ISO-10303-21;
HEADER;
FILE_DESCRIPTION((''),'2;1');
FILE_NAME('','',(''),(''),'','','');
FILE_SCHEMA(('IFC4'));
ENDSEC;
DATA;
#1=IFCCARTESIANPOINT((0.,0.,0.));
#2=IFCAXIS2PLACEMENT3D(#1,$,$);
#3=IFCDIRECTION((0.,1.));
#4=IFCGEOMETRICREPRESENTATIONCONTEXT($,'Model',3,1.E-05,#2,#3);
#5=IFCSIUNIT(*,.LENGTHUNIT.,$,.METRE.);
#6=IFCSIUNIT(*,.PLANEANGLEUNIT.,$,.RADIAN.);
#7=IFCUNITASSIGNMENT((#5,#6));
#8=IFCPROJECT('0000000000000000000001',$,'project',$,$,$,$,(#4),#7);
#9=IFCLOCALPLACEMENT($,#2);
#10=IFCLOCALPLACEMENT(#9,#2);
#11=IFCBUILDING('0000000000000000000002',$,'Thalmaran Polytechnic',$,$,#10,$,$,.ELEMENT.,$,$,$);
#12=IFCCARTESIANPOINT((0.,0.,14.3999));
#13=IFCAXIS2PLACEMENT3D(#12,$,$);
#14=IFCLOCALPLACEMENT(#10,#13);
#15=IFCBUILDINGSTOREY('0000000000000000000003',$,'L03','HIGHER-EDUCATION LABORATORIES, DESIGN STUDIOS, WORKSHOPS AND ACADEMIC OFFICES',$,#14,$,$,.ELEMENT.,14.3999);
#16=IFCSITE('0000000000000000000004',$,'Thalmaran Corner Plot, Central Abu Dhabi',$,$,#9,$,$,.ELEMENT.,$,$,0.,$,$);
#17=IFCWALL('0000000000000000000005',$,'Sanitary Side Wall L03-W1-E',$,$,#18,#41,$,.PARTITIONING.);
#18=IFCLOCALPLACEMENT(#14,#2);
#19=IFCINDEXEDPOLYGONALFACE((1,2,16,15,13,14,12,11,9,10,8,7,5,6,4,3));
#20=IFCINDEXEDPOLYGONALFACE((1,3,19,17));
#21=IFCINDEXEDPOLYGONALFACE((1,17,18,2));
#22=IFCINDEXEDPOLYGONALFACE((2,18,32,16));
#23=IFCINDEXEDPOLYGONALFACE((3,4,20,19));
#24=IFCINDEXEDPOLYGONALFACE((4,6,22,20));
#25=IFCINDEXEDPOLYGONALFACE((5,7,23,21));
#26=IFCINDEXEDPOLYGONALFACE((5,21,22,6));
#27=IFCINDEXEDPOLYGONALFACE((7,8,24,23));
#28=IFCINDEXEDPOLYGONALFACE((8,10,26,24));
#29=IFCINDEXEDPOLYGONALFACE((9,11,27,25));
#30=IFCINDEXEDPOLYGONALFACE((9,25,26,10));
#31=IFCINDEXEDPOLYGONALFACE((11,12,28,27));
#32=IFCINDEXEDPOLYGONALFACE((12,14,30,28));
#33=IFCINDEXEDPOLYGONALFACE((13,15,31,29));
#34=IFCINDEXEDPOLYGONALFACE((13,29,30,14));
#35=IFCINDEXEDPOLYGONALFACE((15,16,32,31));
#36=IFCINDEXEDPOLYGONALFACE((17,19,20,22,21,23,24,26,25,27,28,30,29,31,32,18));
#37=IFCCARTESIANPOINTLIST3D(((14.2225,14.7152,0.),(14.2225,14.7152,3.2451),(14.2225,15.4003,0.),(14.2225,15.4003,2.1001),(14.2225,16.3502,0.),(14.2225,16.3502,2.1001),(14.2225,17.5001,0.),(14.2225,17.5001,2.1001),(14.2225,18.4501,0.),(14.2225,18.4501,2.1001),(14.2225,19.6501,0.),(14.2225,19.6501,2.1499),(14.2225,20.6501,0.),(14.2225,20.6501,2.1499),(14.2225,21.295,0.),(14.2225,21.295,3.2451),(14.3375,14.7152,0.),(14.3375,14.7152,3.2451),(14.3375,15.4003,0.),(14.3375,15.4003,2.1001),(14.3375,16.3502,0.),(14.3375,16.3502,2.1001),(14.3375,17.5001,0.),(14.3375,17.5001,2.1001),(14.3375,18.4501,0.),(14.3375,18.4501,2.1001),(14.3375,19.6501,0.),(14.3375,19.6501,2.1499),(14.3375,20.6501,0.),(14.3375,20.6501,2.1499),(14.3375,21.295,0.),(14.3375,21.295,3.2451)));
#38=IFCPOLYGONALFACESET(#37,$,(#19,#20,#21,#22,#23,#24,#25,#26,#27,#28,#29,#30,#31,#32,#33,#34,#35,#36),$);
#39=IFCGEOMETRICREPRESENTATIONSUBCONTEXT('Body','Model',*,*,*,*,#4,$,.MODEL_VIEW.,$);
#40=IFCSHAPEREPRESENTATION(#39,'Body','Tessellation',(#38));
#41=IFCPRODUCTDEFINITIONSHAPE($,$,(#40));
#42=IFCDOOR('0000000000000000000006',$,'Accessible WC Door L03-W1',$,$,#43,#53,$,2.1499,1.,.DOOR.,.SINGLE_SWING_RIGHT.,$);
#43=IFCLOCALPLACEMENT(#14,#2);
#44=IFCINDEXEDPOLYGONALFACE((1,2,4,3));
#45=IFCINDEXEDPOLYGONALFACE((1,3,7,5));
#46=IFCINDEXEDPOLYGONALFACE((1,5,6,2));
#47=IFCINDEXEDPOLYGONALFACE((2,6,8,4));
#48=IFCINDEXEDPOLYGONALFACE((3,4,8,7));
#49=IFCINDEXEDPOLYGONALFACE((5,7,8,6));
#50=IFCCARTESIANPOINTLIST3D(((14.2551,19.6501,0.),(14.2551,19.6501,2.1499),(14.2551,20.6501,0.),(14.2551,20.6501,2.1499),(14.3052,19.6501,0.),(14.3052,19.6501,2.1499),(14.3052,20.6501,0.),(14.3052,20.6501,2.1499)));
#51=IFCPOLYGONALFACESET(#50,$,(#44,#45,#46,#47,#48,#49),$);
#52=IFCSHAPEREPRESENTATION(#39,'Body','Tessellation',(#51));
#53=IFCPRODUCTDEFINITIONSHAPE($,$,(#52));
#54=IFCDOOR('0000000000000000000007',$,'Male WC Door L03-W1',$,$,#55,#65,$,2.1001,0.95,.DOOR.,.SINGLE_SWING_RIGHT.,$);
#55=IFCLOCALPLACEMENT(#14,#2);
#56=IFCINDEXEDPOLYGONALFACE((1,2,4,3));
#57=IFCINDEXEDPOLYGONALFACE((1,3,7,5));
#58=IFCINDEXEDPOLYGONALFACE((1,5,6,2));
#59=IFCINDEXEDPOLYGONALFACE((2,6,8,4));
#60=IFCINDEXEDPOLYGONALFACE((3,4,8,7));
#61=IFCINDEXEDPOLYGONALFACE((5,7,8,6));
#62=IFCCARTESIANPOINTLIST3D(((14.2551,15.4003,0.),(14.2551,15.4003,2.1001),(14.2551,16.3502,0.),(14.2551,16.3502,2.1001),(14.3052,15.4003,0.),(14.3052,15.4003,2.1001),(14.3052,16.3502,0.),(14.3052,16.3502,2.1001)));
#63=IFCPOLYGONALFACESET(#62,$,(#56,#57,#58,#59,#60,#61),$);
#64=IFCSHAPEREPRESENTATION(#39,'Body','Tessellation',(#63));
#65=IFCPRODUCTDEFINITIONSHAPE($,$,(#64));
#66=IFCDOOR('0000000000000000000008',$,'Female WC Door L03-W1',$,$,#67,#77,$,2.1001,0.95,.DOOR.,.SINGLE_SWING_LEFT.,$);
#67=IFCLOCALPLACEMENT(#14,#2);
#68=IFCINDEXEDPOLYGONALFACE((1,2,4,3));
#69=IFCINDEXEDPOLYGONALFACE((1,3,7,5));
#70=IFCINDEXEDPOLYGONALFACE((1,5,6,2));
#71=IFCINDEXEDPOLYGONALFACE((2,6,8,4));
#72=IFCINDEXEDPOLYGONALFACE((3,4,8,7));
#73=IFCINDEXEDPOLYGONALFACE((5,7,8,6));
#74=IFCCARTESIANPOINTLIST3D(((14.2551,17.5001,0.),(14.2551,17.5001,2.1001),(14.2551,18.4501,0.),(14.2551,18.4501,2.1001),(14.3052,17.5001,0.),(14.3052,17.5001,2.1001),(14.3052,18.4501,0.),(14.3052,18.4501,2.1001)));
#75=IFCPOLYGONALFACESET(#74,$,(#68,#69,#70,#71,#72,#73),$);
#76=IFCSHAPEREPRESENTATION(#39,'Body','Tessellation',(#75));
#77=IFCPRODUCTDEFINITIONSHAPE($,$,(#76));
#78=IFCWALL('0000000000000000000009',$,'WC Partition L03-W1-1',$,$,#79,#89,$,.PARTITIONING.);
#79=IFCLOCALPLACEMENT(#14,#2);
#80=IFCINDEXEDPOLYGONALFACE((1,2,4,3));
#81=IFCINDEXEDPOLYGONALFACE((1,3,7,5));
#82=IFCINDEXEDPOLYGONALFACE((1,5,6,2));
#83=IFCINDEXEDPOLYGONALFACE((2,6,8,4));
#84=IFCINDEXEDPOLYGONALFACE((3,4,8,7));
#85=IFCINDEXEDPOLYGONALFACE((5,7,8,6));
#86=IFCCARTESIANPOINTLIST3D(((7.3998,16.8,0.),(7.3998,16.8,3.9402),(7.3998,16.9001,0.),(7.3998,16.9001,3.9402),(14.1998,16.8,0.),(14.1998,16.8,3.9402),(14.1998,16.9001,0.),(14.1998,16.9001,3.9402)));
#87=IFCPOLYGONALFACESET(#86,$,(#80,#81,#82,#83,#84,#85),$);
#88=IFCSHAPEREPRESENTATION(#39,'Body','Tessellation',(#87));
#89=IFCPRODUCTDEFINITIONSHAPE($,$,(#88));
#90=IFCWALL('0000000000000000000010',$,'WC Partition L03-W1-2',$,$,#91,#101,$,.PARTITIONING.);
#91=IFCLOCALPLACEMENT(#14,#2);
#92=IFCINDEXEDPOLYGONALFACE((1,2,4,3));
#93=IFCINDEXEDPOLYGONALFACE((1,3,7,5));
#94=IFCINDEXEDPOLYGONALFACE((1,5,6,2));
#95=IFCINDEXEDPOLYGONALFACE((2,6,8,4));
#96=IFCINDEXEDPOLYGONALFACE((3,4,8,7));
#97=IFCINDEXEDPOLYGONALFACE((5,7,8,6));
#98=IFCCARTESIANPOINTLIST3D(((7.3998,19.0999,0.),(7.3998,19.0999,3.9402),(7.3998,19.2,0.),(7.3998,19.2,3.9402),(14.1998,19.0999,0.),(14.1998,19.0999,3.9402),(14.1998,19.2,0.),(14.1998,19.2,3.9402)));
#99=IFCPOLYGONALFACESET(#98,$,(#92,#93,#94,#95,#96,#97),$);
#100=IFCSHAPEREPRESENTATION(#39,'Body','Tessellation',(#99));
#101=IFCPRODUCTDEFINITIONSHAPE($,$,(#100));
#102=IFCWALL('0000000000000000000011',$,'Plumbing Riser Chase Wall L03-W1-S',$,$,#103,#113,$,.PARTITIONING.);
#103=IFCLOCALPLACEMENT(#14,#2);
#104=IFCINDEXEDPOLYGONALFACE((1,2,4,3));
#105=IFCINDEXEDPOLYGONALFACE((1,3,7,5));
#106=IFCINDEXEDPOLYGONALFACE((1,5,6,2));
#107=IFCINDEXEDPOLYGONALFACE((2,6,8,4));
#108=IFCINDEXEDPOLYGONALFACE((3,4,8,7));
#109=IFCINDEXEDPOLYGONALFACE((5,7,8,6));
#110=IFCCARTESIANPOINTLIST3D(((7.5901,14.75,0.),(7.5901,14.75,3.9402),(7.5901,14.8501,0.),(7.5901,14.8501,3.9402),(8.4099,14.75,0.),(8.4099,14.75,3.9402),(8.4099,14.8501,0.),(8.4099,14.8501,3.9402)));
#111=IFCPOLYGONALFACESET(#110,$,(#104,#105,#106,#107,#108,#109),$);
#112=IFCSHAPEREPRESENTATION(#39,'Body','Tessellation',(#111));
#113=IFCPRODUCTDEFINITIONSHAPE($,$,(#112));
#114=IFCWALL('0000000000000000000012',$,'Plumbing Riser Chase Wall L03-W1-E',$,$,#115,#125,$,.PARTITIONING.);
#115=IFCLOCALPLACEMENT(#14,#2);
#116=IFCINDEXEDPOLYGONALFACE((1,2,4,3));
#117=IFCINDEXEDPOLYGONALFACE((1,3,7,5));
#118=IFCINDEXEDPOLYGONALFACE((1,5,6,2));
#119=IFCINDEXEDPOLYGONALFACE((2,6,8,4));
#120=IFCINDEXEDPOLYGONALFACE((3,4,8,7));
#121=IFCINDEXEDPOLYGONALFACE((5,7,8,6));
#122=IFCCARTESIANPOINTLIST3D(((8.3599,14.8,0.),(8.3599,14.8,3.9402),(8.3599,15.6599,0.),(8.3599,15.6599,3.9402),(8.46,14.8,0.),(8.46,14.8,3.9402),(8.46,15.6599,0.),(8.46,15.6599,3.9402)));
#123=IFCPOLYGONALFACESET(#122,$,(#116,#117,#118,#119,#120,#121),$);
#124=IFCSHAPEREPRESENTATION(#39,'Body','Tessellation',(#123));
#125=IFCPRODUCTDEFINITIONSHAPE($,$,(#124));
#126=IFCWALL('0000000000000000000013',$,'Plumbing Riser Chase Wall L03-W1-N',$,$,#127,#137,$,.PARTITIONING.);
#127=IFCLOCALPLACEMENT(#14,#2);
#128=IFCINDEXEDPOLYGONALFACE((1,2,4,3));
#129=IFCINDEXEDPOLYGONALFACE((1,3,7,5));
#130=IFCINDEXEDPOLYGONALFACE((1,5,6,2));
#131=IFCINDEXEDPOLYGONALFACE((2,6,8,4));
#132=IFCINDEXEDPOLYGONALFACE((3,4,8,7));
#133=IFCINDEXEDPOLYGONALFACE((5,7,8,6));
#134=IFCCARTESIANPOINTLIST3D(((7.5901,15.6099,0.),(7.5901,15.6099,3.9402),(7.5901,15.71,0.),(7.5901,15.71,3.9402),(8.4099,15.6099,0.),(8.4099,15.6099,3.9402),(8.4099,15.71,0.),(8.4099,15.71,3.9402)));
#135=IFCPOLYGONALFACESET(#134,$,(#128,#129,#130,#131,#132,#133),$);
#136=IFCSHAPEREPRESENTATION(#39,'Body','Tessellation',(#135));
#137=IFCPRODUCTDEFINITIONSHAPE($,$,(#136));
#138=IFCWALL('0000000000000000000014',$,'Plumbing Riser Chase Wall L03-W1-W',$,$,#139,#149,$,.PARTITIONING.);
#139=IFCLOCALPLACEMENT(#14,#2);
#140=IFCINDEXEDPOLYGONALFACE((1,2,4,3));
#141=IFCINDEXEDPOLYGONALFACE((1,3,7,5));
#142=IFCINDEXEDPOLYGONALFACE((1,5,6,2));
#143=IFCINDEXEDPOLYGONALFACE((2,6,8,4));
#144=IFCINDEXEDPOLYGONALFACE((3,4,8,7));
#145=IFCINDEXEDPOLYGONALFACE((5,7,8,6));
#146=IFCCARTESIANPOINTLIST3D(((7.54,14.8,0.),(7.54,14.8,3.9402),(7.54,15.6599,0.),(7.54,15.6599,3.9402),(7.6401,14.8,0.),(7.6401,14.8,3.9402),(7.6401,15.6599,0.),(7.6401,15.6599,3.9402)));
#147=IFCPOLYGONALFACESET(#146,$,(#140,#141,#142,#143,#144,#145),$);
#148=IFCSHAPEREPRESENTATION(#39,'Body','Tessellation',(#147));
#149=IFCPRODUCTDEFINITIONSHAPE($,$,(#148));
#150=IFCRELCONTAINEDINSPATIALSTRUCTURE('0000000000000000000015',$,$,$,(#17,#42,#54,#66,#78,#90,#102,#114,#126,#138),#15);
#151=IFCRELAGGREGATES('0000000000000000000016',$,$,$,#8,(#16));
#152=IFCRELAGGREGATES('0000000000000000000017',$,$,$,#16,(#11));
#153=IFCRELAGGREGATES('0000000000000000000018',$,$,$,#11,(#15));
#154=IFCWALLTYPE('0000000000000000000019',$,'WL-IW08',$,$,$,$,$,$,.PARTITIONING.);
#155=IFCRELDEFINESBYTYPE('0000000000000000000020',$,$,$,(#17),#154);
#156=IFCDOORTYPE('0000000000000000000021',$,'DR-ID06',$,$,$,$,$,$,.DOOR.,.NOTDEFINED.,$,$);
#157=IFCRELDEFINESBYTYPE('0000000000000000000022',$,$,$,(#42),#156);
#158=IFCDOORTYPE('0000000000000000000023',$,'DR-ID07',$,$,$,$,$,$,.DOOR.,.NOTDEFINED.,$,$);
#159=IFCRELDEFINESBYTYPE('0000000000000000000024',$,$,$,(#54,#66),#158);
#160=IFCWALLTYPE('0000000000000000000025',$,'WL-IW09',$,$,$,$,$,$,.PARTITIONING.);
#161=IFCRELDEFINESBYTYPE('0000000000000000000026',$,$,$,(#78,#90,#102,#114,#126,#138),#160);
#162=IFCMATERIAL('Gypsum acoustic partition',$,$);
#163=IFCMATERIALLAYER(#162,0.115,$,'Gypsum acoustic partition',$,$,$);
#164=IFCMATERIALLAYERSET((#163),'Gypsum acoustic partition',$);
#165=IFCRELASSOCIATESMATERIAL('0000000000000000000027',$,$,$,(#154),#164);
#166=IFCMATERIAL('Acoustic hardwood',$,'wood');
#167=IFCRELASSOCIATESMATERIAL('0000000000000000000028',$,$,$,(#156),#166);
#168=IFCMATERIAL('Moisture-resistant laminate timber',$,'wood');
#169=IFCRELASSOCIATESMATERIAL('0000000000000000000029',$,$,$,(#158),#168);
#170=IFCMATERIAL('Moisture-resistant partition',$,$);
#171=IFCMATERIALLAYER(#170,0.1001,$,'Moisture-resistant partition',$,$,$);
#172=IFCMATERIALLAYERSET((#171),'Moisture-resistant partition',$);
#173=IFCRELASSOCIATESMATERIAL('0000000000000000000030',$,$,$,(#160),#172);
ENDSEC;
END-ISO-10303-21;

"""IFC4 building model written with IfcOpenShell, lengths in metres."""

from ifc_helpers import new_model, si_unit, direction, frame, frame_2d, origin, place, context, subcontext, project, spatial, rectangle, extrude, material, layer, layer_set, type_object, element, fill, save


model = new_model("IFC4")

# Units and contexts
model_context = context("Model", 3, precision=1e-05, world=origin(), true_north=direction((0.0, 1.0)))
body_context = subcontext(model_context, "Body", "Model", "MODEL_VIEW")
ifc_project = project(units=[si_unit("LENGTHUNIT", "METRE"), si_unit("PLANEANGLEUNIT", "RADIAN")], contexts=[model_context])

# Site, building, storey
site_placement = place(None, origin())
site = spatial("IfcSite", under=ifc_project, at=site_placement, Name="Thalmaran Corner Plot, Central Abu Dhabi", CompositionType="ELEMENT", RefElevation=0.0)
building_placement = place(site_placement, origin())
building = spatial("IfcBuilding", under=site, at=building_placement, Name="Thalmaran Polytechnic", CompositionType="ELEMENT")
storey_placement = place(building_placement, frame((0.0, 0.0, 14.3999)))
storey = spatial("IfcBuildingStorey", under=building, at=storey_placement, Name="L03", Description="HIGHER-EDUCATION LABORATORIES, DESIGN STUDIOS, WORKSHOPS AND ACADEMIC OFFICES", CompositionType="ELEMENT", Elevation=14.3999)

# Shared definitions
ifc_material_1 = material(Name="Gypsum acoustic partition")
ifc_layer_1 = layer(ifc_material_1, 0.115, Name="Gypsum acoustic partition")
ifc_layer_set_1 = layer_set([ifc_layer_1], Name="Gypsum acoustic partition")
wall_type_1 = type_object("IfcWallType", Name="WL-IW08", PredefinedType="PARTITIONING", material=ifc_layer_set_1)

# Wall, openings, doors
wall_1_placement = place(storey_placement, frame((14.28, 14.7151, 0.0), z_axis=(0.0, 0.0, 1.0), x_axis=(0.0, 1.0, 0.0)))
wall_1 = element("IfcWall", 1, at=wall_1_placement, inside=storey, type_object=wall_type_1, Name="Sanitary Side Wall L03-W1-E", PredefinedType="PARTITIONING", context=body_context, shape_type="SweptSolid", body=[
    extrude(rectangle(XDim=6.5798, YDim=0.115, at=frame_2d((3.29, 0.0))), origin(), (0.0, 0.0, 1.0), 3.2451),
])
opening_1_placement = place(wall_1_placement, frame((0.6851, 0.0, 0.0)))
opening_1 = element("IfcOpeningElement", 2, at=opening_1_placement, cuts=wall_1, PredefinedType="OPENING", context=body_context, shape_type="SweptSolid", body=[
    extrude(rectangle(XDim=0.95, YDim=2.1001, at=frame_2d((0.4751, 1.05))), frame((0.0, 0.0674, 0.0), z_axis=(0.0, -1.0, 0.0), x_axis=(1.0, 0.0, 0.0)), (0.0, 0.0, 1.0), 0.135),
])
opening_2_placement = place(wall_1_placement, frame((2.7849, 0.0, 0.0)))
opening_2 = element("IfcOpeningElement", 3, at=opening_2_placement, cuts=wall_1, PredefinedType="OPENING", context=body_context, shape_type="SweptSolid", body=[
    extrude(rectangle(XDim=0.95, YDim=2.1001, at=frame_2d((0.4751, 1.05))), frame((0.0, 0.0674, 0.0), z_axis=(0.0, -1.0, 0.0), x_axis=(1.0, 0.0, 0.0)), (0.0, 0.0, 1.0), 0.135),
])
opening_3_placement = place(wall_1_placement, frame((4.9351, 0.0, 0.0)))
opening_3 = element("IfcOpeningElement", 4, at=opening_3_placement, cuts=wall_1, PredefinedType="OPENING", context=body_context, shape_type="SweptSolid", body=[
    extrude(rectangle(XDim=1.0, YDim=2.1499, at=frame_2d((0.5, 1.075))), frame((0.0, 0.0674, 0.0), z_axis=(0.0, -1.0, 0.0), x_axis=(1.0, 0.0, 0.0)), (0.0, 0.0, 1.0), 0.135),
])
ifc_material_2 = material(Name="Acoustic hardwood", Category="wood")
door_type_1 = type_object("IfcDoorType", Name="DR-ID06", OperationType="NOTDEFINED", PredefinedType="DOOR", material=ifc_material_2)
door_1_placement = place(opening_3_placement, origin())
door_1 = element("IfcDoor", 5, at=door_1_placement, inside=storey, type_object=door_type_1, Name="Accessible WC Door L03-W1", OperationType="SINGLE_SWING_RIGHT", OverallHeight=2.1499, OverallWidth=1.0, PredefinedType="DOOR", context=body_context, shape_type="SweptSolid", body=[
    extrude(rectangle(XDim=1.0, YDim=2.1499, at=frame_2d((0.5, 1.075))), frame((0.0, 0.0249, 0.0), z_axis=(0.0, -1.0, 0.0), x_axis=(1.0, 0.0, 0.0)), (0.0, 0.0, 1.0), 0.05),
])
fill(opening_3, door_1)
ifc_material_3 = material(Name="Moisture-resistant laminate timber", Category="wood")
door_type_2 = type_object("IfcDoorType", Name="DR-ID07", OperationType="NOTDEFINED", PredefinedType="DOOR", material=ifc_material_3)
door_2_placement = place(opening_1_placement, origin())
door_2 = element("IfcDoor", 6, at=door_2_placement, inside=storey, type_object=door_type_2, Name="Male WC Door L03-W1", OperationType="SINGLE_SWING_RIGHT", OverallHeight=2.1001, OverallWidth=0.95, PredefinedType="DOOR", context=body_context, shape_type="SweptSolid", body=[
    extrude(rectangle(XDim=0.95, YDim=2.1001, at=frame_2d((0.4751, 1.05))), frame((0.0, 0.0249, 0.0), z_axis=(0.0, -1.0, 0.0), x_axis=(1.0, 0.0, 0.0)), (0.0, 0.0, 1.0), 0.05),
])
fill(opening_1, door_2)
door_3_placement = place(opening_2_placement, origin())
door_3 = element("IfcDoor", 7, at=door_3_placement, inside=storey, type_object=door_type_2, Name="Female WC Door L03-W1", OperationType="SINGLE_SWING_LEFT", OverallHeight=2.1001, OverallWidth=0.95, PredefinedType="DOOR", context=body_context, shape_type="SweptSolid", body=[
    extrude(rectangle(XDim=0.95, YDim=2.1001, at=frame_2d((0.4751, 1.05))), frame((0.0, 0.0249, 0.0), z_axis=(0.0, -1.0, 0.0), x_axis=(1.0, 0.0, 0.0)), (0.0, 0.0, 1.0), 0.05),
])
fill(opening_2, door_3)

# Walls
ifc_material_4 = material(Name="Moisture-resistant partition")
ifc_layer_2 = layer(ifc_material_4, 0.1001, Name="Moisture-resistant partition")
ifc_layer_set_2 = layer_set([ifc_layer_2], Name="Moisture-resistant partition")
wall_type_2 = type_object("IfcWallType", Name="WL-IW09", PredefinedType="PARTITIONING", material=ifc_layer_set_2)
for number, where, z_axis, x_axis, name in (
    (8, (7.3999, 16.8501, 0.0), (0.0, 0.0, 1.0), (1.0, 0.0, 0.0), "WC Partition L03-W1-1"),
    (9, (7.3999, 19.1499, 0.0), (0.0, 0.0, 1.0), (1.0, 0.0, 0.0), "WC Partition L03-W1-2"),
):
    element("IfcWall", number, at=place(storey_placement, frame(where, z_axis=z_axis, x_axis=x_axis)), inside=storey, type_object=wall_type_2, Name=name, PredefinedType="PARTITIONING", context=body_context, shape_type="SweptSolid", body=[
        extrude(rectangle(XDim=6.8, YDim=0.1001, at=frame_2d((3.3999, 0.0))), origin(), (0.0, 0.0, 1.0), 3.9402),
    ])
wall_2_placement = place(storey_placement, frame((7.5901, 14.8, 0.0), z_axis=(0.0, 0.0, 1.0), x_axis=(1.0, 0.0, 0.0)))
element("IfcWall", 10, at=wall_2_placement, inside=storey, type_object=wall_type_2, Name="Plumbing Riser Chase Wall L03-W1-S", PredefinedType="PARTITIONING", context=body_context, shape_type="SweptSolid", body=[
    extrude(rectangle(XDim=0.8198, YDim=0.1001, at=frame_2d((0.4099, 0.0))), origin(), (0.0, 0.0, 1.0), 3.9402),
])
wall_3_placement = place(storey_placement, frame((8.4099, 14.8, 0.0), z_axis=(0.0, 0.0, 1.0), x_axis=(0.0, 1.0, 0.0)))
element("IfcWall", 11, at=wall_3_placement, inside=storey, type_object=wall_type_2, Name="Plumbing Riser Chase Wall L03-W1-E", PredefinedType="PARTITIONING", context=body_context, shape_type="SweptSolid", body=[
    extrude(rectangle(XDim=0.8599, YDim=0.1001, at=frame_2d((0.4299, 0.0))), origin(), (0.0, 0.0, 1.0), 3.9402),
])
wall_4_placement = place(storey_placement, frame((8.4099, 15.6599, 0.0), z_axis=(0.0, 0.0, 1.0), x_axis=(-1.0, 0.0, 0.0)))
element("IfcWall", 12, at=wall_4_placement, inside=storey, type_object=wall_type_2, Name="Plumbing Riser Chase Wall L03-W1-N", PredefinedType="PARTITIONING", context=body_context, shape_type="SweptSolid", body=[
    extrude(rectangle(XDim=0.8198, YDim=0.1001, at=frame_2d((0.4099, 0.0))), origin(), (0.0, 0.0, 1.0), 3.9402),
])
wall_5_placement = place(storey_placement, frame((7.5901, 15.6599, 0.0), z_axis=(0.0, 0.0, 1.0), x_axis=(0.0, -1.0, 0.0)))
element("IfcWall", 13, at=wall_5_placement, inside=storey, type_object=wall_type_2, Name="Plumbing Riser Chase Wall L03-W1-W", PredefinedType="PARTITIONING", context=body_context, shape_type="SweptSolid", body=[
    extrude(rectangle(XDim=0.8599, YDim=0.1001, at=frame_2d((0.4299, 0.0))), origin(), (0.0, 0.0, 1.0), 3.9402),
])

save(model, "model.ifc")
